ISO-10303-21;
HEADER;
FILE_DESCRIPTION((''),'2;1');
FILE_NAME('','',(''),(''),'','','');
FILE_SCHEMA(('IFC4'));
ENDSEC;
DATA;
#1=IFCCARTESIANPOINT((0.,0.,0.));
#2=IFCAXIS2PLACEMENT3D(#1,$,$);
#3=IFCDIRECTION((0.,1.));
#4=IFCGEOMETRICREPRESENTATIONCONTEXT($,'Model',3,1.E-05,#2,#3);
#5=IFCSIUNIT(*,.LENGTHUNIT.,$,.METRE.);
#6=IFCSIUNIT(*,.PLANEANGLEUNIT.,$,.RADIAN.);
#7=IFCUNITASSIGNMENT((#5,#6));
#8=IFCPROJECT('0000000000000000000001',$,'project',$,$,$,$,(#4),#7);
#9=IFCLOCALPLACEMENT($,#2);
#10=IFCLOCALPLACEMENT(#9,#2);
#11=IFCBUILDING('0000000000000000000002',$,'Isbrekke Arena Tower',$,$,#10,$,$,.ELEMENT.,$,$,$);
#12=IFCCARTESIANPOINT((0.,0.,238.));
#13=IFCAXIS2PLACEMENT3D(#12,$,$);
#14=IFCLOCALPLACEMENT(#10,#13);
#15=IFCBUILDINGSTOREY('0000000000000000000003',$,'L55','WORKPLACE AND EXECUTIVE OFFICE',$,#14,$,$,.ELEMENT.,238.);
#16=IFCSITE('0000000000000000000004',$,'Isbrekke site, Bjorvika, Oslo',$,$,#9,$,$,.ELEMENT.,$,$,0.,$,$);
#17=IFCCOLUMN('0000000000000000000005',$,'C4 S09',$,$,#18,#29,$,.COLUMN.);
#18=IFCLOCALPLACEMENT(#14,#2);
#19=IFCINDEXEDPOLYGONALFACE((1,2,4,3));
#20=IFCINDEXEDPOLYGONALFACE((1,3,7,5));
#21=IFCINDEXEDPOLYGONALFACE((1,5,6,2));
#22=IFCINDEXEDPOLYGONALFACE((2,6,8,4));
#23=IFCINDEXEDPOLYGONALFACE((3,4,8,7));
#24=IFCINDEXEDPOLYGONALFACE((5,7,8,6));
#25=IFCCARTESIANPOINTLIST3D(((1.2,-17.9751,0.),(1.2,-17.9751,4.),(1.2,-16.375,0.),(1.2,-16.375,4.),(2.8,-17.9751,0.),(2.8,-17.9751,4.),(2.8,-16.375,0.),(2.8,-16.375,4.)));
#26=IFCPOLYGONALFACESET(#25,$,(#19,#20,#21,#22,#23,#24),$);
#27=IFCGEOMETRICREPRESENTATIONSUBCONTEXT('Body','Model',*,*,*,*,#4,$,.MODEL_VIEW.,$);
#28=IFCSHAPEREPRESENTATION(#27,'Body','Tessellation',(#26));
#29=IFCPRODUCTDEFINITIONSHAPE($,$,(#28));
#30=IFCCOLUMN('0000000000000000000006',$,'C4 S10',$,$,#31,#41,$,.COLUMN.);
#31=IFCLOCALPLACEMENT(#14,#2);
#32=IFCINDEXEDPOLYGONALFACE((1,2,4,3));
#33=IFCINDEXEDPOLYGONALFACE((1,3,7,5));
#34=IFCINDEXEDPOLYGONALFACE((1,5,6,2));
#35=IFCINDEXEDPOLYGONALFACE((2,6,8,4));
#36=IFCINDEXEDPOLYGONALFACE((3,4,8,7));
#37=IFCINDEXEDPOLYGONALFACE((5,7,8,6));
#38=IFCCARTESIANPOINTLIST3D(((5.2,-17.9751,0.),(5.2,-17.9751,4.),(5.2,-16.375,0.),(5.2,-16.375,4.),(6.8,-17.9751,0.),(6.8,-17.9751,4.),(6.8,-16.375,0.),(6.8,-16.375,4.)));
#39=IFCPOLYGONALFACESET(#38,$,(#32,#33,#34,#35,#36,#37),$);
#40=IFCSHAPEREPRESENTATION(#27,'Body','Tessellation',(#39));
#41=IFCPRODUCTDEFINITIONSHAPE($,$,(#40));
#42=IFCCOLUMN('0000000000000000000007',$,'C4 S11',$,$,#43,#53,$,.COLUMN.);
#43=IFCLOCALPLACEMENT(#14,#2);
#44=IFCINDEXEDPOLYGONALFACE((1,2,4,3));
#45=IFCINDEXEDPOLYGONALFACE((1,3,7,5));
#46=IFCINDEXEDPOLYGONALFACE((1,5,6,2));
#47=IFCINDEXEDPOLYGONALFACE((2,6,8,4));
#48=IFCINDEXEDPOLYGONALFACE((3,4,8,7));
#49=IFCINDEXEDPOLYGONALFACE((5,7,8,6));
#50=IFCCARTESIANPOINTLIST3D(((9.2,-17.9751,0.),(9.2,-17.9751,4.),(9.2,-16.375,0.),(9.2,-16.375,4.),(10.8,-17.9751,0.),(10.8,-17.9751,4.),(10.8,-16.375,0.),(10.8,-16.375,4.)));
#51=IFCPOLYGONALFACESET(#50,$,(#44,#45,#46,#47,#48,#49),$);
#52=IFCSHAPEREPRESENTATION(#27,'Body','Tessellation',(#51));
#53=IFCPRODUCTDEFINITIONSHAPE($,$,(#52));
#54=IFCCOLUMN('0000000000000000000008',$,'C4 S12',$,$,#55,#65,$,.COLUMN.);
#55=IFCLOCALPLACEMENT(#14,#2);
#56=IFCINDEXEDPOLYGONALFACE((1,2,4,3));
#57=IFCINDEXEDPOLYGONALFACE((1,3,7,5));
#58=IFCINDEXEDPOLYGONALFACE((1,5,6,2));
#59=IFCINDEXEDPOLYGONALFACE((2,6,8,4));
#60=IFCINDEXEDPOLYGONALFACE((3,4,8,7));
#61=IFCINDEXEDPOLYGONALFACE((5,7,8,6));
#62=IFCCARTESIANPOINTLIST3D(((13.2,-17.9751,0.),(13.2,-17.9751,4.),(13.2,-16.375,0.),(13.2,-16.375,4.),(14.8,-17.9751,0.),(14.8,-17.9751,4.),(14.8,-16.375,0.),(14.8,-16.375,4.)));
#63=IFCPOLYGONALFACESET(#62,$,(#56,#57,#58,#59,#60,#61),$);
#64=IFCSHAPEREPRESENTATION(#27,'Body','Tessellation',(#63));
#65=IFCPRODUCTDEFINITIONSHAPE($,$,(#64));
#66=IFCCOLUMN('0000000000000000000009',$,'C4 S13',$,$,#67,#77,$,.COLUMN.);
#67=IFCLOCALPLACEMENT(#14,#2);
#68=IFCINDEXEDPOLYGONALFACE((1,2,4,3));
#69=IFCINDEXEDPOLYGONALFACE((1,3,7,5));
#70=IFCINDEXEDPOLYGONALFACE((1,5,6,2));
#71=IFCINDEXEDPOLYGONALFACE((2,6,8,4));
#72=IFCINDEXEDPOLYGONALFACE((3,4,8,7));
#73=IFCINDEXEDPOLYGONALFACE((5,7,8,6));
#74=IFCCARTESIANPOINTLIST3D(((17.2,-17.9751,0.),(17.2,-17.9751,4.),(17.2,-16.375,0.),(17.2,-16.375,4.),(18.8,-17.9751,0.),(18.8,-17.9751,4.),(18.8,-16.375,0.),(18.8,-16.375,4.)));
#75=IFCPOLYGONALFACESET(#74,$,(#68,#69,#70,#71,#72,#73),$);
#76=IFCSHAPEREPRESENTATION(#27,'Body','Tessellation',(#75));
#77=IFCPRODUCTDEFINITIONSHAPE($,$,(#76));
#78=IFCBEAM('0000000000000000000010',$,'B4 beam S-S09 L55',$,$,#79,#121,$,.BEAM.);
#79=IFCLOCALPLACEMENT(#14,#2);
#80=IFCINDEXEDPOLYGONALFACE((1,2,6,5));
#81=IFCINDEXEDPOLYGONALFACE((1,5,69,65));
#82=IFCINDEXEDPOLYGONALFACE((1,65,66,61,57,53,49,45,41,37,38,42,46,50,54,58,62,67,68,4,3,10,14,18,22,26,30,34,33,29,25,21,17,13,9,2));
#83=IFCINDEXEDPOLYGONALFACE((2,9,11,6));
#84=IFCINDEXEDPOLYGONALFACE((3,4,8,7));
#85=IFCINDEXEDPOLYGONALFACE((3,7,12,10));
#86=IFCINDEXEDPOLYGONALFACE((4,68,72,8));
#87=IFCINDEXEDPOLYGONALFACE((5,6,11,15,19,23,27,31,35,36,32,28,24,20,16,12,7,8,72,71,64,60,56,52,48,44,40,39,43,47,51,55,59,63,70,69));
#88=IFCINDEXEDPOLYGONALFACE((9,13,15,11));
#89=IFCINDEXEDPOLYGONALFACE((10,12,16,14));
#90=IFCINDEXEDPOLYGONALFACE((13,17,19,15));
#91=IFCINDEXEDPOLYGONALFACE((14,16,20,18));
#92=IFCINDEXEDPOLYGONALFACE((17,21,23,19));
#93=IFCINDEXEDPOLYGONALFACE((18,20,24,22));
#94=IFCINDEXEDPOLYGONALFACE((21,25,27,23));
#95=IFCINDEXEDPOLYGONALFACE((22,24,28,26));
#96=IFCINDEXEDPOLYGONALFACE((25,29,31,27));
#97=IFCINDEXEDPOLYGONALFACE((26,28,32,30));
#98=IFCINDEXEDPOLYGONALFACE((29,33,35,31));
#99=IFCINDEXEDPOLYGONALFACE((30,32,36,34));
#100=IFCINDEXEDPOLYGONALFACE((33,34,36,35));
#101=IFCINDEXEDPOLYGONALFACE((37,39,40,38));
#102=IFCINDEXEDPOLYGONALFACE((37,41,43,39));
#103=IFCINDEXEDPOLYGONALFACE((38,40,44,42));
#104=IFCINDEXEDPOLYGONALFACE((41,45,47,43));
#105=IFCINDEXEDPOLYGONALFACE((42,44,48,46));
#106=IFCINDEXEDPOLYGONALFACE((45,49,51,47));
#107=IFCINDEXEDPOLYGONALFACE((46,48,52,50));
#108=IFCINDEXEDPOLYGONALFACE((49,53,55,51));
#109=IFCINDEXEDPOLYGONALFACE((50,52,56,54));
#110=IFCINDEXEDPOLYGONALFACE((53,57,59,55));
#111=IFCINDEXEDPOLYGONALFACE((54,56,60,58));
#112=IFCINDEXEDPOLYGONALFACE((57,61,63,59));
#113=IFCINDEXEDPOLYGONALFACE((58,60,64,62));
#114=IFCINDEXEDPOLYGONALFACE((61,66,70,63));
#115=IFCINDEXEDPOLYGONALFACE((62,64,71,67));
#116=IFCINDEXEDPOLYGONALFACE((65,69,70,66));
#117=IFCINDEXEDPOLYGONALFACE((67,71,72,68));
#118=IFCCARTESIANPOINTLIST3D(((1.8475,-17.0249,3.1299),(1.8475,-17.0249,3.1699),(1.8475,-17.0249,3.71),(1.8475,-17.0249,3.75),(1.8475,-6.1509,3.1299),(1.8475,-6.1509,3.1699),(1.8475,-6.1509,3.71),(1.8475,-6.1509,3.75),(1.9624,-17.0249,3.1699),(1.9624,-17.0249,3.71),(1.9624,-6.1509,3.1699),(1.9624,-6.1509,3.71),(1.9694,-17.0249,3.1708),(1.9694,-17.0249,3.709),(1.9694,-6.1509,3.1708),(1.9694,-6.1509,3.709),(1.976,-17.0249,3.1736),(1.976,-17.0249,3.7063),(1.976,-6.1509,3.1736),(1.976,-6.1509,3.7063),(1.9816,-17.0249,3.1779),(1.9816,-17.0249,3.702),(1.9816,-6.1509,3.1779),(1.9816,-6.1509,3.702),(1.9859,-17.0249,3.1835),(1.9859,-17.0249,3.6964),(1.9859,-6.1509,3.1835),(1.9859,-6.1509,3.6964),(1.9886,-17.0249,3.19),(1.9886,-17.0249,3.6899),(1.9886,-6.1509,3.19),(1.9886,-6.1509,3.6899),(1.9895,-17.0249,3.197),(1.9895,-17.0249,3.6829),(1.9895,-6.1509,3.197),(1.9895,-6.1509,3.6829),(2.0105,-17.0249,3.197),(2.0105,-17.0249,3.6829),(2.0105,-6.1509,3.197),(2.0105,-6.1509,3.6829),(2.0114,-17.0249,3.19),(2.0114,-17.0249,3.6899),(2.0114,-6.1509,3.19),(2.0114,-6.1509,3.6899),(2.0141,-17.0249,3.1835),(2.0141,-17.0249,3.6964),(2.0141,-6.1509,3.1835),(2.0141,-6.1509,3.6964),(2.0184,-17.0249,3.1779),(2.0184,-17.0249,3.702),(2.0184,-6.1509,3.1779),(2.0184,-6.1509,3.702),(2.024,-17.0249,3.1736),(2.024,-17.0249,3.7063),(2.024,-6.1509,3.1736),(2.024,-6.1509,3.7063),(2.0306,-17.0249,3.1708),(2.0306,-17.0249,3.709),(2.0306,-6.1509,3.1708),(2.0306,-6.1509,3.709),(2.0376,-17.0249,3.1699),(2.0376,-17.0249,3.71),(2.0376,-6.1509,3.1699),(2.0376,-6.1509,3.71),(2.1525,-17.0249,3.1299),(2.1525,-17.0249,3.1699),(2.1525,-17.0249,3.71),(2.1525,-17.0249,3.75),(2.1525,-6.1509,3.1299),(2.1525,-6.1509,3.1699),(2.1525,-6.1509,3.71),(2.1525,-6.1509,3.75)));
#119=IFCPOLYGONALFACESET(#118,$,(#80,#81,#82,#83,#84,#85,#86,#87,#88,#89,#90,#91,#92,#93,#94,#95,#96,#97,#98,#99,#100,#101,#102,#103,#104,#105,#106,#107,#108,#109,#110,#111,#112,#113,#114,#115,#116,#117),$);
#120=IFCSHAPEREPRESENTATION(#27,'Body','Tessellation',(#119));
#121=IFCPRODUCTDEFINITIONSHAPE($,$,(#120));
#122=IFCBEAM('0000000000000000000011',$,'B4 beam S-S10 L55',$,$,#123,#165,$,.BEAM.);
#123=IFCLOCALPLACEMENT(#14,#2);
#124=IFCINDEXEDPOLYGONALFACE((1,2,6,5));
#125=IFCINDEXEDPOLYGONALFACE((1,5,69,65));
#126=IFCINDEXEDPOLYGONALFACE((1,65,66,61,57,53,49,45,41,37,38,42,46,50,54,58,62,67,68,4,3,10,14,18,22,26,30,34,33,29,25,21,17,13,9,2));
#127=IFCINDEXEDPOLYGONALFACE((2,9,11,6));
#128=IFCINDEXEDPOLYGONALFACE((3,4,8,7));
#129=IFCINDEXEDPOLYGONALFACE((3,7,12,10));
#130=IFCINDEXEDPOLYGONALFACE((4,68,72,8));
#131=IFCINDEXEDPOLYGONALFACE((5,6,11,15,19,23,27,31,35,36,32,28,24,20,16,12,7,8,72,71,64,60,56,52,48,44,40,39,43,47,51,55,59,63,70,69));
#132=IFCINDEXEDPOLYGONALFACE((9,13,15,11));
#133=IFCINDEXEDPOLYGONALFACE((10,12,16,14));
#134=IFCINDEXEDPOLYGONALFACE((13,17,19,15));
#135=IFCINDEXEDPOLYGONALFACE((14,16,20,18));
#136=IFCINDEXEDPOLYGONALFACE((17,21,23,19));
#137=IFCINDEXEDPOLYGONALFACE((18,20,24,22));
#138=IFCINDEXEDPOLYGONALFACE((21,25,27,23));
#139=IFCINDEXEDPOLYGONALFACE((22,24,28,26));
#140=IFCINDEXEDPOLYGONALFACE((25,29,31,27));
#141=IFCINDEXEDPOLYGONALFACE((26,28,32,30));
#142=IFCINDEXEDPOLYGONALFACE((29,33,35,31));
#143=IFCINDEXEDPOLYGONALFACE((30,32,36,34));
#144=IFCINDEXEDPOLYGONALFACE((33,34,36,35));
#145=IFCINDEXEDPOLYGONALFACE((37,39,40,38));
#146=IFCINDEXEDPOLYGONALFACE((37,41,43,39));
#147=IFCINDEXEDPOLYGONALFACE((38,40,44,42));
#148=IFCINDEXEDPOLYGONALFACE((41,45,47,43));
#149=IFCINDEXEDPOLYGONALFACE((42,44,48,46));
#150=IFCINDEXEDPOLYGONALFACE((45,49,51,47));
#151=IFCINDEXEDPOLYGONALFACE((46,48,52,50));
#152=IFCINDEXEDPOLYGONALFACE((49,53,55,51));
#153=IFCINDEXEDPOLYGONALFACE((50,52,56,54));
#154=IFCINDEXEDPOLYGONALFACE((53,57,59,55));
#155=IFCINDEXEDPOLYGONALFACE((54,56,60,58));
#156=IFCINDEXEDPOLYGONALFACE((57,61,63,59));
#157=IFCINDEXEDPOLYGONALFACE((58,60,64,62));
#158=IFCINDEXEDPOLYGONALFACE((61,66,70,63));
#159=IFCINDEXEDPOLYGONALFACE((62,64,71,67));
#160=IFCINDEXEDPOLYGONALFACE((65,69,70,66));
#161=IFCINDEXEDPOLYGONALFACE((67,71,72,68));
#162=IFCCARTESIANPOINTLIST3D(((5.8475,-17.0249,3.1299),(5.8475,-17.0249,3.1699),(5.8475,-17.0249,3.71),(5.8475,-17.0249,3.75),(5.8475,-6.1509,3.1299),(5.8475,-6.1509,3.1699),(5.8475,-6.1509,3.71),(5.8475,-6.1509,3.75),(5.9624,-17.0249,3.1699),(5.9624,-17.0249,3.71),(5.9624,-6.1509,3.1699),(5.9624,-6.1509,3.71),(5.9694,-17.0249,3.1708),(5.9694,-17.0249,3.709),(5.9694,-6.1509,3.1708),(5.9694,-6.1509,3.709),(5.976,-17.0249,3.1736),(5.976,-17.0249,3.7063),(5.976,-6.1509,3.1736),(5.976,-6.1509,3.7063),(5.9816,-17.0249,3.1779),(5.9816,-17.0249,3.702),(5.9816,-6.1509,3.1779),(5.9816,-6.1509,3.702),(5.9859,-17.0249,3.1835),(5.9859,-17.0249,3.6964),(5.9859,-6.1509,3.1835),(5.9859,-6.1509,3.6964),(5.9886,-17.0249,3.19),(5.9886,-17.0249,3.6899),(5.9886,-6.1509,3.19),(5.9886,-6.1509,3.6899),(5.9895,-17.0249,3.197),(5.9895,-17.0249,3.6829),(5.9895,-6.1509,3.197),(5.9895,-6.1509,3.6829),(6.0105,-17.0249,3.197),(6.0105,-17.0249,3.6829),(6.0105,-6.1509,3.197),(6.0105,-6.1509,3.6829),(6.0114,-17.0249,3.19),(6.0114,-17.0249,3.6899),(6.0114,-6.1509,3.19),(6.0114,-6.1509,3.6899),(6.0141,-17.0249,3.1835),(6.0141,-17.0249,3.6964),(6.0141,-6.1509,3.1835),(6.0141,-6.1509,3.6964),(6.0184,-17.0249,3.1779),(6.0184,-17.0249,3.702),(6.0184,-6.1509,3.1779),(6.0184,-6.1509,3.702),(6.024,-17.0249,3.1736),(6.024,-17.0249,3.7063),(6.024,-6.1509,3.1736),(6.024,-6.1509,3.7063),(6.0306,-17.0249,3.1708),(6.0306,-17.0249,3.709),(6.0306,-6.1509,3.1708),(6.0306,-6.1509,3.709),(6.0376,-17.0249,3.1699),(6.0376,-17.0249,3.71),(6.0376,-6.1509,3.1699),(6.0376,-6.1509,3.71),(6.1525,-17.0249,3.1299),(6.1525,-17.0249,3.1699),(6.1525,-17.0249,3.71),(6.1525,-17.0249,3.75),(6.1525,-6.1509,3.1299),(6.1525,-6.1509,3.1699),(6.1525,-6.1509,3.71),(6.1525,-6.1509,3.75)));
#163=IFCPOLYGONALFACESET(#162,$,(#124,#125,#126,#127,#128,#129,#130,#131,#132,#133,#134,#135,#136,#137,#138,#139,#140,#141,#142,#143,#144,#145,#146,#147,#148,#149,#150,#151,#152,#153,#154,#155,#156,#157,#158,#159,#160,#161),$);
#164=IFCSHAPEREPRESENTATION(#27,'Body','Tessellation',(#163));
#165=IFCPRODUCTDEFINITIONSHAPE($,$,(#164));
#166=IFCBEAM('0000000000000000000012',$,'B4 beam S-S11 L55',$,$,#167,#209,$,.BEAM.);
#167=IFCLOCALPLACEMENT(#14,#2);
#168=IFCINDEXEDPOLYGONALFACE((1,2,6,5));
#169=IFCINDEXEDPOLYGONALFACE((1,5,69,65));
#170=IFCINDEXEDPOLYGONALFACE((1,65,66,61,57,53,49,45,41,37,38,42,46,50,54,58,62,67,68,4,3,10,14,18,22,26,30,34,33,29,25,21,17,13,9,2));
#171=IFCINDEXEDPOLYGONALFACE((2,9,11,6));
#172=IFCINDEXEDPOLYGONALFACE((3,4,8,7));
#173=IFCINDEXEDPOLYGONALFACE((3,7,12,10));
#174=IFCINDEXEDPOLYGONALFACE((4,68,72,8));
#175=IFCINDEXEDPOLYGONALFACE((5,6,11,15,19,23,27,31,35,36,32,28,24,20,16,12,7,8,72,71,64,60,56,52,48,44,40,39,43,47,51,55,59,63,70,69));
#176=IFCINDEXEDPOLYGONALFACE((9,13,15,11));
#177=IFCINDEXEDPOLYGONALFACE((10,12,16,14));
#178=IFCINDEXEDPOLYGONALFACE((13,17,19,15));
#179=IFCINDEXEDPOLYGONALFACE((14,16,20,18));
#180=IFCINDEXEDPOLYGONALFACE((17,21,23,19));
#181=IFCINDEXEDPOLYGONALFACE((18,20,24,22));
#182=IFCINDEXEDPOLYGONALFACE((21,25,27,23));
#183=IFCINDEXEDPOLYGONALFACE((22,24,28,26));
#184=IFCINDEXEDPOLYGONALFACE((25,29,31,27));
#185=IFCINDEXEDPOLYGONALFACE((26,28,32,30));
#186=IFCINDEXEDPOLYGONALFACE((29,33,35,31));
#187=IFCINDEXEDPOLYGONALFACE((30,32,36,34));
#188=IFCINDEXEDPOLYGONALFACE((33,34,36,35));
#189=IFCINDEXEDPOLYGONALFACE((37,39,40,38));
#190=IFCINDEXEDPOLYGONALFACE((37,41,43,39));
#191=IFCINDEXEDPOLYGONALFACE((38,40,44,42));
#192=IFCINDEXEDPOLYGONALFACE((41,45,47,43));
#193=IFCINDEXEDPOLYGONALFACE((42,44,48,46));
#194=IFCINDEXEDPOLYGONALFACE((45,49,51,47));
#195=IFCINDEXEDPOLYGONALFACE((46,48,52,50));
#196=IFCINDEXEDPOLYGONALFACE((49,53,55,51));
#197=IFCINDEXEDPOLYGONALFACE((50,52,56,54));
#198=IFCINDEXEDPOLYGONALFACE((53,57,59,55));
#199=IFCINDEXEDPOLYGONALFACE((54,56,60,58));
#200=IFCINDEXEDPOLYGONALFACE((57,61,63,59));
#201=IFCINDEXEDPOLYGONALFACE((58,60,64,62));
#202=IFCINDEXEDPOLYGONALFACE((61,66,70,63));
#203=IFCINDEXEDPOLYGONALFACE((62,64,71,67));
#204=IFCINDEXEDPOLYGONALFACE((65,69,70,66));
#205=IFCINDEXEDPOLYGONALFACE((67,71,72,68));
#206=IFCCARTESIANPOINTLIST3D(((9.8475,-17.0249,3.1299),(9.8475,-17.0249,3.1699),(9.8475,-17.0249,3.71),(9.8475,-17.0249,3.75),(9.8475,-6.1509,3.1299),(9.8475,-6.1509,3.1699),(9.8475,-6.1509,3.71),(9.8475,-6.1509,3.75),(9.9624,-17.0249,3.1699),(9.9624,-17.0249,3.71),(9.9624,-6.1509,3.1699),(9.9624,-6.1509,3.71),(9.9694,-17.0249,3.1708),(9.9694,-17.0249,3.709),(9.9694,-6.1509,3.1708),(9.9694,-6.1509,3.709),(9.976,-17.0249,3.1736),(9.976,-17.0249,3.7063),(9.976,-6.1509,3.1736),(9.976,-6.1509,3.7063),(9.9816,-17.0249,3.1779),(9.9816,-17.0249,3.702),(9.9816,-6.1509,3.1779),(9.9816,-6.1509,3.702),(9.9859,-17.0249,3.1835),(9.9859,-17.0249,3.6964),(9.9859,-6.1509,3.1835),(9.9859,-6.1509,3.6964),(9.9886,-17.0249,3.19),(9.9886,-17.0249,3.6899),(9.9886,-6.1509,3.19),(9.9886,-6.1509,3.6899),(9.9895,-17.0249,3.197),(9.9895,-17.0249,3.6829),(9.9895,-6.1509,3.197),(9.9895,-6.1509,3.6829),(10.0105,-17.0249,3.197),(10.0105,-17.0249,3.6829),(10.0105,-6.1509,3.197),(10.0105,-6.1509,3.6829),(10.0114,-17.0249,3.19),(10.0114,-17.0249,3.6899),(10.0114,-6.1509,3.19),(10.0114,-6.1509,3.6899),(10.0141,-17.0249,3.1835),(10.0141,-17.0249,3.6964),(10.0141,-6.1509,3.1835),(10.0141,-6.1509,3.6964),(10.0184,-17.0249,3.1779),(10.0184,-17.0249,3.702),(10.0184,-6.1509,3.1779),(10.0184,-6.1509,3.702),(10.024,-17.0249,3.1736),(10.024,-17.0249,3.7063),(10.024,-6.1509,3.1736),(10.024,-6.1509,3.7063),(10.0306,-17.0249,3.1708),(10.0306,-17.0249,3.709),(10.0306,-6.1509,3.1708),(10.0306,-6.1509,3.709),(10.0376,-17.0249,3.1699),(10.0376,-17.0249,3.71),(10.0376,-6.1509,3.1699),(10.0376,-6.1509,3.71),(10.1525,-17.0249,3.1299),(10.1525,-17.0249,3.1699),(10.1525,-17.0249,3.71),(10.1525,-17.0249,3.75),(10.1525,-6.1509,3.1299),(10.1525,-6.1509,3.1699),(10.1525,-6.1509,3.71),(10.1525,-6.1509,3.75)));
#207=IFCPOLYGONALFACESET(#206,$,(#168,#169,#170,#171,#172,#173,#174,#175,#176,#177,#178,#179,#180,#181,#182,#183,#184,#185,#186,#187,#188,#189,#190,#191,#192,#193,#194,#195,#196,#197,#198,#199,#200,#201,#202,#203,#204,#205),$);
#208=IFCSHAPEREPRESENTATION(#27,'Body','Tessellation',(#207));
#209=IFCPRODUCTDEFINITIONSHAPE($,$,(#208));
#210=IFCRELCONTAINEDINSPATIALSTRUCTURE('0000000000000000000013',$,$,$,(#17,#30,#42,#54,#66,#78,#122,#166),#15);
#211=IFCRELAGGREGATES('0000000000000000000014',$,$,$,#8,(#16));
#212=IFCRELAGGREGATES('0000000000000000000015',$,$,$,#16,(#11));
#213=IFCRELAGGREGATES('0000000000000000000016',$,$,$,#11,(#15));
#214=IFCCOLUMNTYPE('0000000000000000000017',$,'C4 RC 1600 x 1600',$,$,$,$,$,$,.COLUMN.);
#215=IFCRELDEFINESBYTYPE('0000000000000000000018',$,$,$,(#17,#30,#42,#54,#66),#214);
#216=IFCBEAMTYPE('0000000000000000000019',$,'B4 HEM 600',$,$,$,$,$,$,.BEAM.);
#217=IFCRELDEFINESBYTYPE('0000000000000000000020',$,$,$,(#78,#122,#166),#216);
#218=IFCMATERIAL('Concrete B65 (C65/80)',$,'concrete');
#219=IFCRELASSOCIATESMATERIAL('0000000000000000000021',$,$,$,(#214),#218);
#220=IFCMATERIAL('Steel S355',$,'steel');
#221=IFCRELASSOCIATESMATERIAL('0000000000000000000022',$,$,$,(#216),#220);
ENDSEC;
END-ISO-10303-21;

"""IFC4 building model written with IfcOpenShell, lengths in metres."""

from ifc_helpers import new_model, si_unit, direction, frame, origin, origin_2d, place, context, subcontext, project, spatial, rectangle, i_section, extrude, material, material_profile, profile_set, type_object, element, save


model = new_model("IFC4")

# Units and contexts
model_context = context("Model", 3, precision=1e-05, world=origin(), true_north=direction((0.0, 1.0)))
body_context = subcontext(model_context, "Body", "Model", "MODEL_VIEW")
ifc_project = project(units=[si_unit("LENGTHUNIT", "METRE"), si_unit("PLANEANGLEUNIT", "RADIAN")], contexts=[model_context])

# Site, building, storey
site_placement = place(None, origin())
site = spatial("IfcSite", under=ifc_project, at=site_placement, Name="Isbrekke site, Bjorvika, Oslo", CompositionType="ELEMENT", RefElevation=0.0)
building_placement = place(site_placement, origin())
building = spatial("IfcBuilding", under=site, at=building_placement, Name="Isbrekke Arena Tower", CompositionType="ELEMENT")
storey_placement = place(building_placement, frame((0.0, 0.0, 238.0)))
storey = spatial("IfcBuildingStorey", under=building, at=storey_placement, Name="L55", Description="WORKPLACE AND EXECUTIVE OFFICE", CompositionType="ELEMENT", Elevation=238.0)

# Columns
ifc_material_1 = material(Name="Concrete B65 (C65/80)", Category="concrete")
ifc_material_profile_1 = material_profile(ifc_material_1, rectangle(XDim=1.6001, YDim=1.6001, at=origin_2d()), Name="RC 1600x1600")
ifc_profile_set_1 = profile_set([ifc_material_profile_1], Name="Concrete B65 (C65/80)")
column_type = type_object("IfcColumnType", Name="C4 RC 1600 x 1600", PredefinedType="COLUMN", material=ifc_profile_set_1)
for number, where, z_axis, x_axis, name in (
    (1, (2.0, -17.175, 0.0), (0.0, 0.0, 1.0), (1.0, 0.0, 0.0), "C4 S09"),
    (2, (6.0, -17.175, 0.0), (0.0, 0.0, 1.0), (1.0, 0.0, 0.0), "C4 S10"),
    (3, (10.0, -17.175, 0.0), (0.0, 0.0, 1.0), (1.0, 0.0, 0.0), "C4 S11"),
    (4, (14.0, -17.175, 0.0), (0.0, 0.0, 1.0), (1.0, 0.0, 0.0), "C4 S12"),
    (5, (18.0, -17.175, 0.0), (0.0, 0.0, 1.0), (1.0, 0.0, 0.0), "C4 S13"),
):
    element("IfcColumn", number, at=place(storey_placement, frame(where, z_axis=z_axis, x_axis=x_axis)), inside=storey, type_object=column_type, Name=name, PredefinedType="COLUMN", context=body_context, shape_type="SweptSolid", body=[
        extrude(rectangle(XDim=1.6001, YDim=1.6001, at=origin_2d()), origin(), (0.0, 0.0, 1.0), 4.0),
    ])

# Beams
ifc_material_2 = material(Name="Steel S355", Category="steel")
ifc_material_profile_2 = material_profile(ifc_material_2, i_section(OverallWidth=0.3049, OverallDepth=0.6201, WebThickness=0.021, FlangeThickness=0.04, FilletRadius=0.0271, at=origin_2d()), Name="HEM 600")
ifc_profile_set_2 = profile_set([ifc_material_profile_2], Name="Steel S355")
beam_type_1 = type_object("IfcBeamType", Name="B4 HEM 600", PredefinedType="BEAM", material=ifc_profile_set_2)
for number, where, z_axis, x_axis, name in (
    (6, (2.0, -17.0249, 3.4399), (0.0, 1.0, 0.0), (-1.0, 0.0, 0.0), "B4 beam S-S09 L55"),
    (7, (6.0, -17.0249, 3.4399), (0.0, 1.0, 0.0), (-1.0, 0.0, 0.0), "B4 beam S-S10 L55"),
    (8, (10.0, -17.0249, 3.4399), (0.0, 1.0, 0.0), (-1.0, 0.0, 0.0), "B4 beam S-S11 L55"),
):
    element("IfcBeam", number, at=place(storey_placement, frame(where, z_axis=z_axis, x_axis=x_axis)), inside=storey, type_object=beam_type_1, Name=name, PredefinedType="BEAM", context=body_context, shape_type="SweptSolid", body=[
        extrude(i_section(OverallWidth=0.3049, OverallDepth=0.6201, WebThickness=0.021, FlangeThickness=0.04, FilletRadius=0.0271, at=origin_2d()), origin(), (0.0, 0.0, 1.0), 10.874),
    ])

save(model, "model.ifc")
